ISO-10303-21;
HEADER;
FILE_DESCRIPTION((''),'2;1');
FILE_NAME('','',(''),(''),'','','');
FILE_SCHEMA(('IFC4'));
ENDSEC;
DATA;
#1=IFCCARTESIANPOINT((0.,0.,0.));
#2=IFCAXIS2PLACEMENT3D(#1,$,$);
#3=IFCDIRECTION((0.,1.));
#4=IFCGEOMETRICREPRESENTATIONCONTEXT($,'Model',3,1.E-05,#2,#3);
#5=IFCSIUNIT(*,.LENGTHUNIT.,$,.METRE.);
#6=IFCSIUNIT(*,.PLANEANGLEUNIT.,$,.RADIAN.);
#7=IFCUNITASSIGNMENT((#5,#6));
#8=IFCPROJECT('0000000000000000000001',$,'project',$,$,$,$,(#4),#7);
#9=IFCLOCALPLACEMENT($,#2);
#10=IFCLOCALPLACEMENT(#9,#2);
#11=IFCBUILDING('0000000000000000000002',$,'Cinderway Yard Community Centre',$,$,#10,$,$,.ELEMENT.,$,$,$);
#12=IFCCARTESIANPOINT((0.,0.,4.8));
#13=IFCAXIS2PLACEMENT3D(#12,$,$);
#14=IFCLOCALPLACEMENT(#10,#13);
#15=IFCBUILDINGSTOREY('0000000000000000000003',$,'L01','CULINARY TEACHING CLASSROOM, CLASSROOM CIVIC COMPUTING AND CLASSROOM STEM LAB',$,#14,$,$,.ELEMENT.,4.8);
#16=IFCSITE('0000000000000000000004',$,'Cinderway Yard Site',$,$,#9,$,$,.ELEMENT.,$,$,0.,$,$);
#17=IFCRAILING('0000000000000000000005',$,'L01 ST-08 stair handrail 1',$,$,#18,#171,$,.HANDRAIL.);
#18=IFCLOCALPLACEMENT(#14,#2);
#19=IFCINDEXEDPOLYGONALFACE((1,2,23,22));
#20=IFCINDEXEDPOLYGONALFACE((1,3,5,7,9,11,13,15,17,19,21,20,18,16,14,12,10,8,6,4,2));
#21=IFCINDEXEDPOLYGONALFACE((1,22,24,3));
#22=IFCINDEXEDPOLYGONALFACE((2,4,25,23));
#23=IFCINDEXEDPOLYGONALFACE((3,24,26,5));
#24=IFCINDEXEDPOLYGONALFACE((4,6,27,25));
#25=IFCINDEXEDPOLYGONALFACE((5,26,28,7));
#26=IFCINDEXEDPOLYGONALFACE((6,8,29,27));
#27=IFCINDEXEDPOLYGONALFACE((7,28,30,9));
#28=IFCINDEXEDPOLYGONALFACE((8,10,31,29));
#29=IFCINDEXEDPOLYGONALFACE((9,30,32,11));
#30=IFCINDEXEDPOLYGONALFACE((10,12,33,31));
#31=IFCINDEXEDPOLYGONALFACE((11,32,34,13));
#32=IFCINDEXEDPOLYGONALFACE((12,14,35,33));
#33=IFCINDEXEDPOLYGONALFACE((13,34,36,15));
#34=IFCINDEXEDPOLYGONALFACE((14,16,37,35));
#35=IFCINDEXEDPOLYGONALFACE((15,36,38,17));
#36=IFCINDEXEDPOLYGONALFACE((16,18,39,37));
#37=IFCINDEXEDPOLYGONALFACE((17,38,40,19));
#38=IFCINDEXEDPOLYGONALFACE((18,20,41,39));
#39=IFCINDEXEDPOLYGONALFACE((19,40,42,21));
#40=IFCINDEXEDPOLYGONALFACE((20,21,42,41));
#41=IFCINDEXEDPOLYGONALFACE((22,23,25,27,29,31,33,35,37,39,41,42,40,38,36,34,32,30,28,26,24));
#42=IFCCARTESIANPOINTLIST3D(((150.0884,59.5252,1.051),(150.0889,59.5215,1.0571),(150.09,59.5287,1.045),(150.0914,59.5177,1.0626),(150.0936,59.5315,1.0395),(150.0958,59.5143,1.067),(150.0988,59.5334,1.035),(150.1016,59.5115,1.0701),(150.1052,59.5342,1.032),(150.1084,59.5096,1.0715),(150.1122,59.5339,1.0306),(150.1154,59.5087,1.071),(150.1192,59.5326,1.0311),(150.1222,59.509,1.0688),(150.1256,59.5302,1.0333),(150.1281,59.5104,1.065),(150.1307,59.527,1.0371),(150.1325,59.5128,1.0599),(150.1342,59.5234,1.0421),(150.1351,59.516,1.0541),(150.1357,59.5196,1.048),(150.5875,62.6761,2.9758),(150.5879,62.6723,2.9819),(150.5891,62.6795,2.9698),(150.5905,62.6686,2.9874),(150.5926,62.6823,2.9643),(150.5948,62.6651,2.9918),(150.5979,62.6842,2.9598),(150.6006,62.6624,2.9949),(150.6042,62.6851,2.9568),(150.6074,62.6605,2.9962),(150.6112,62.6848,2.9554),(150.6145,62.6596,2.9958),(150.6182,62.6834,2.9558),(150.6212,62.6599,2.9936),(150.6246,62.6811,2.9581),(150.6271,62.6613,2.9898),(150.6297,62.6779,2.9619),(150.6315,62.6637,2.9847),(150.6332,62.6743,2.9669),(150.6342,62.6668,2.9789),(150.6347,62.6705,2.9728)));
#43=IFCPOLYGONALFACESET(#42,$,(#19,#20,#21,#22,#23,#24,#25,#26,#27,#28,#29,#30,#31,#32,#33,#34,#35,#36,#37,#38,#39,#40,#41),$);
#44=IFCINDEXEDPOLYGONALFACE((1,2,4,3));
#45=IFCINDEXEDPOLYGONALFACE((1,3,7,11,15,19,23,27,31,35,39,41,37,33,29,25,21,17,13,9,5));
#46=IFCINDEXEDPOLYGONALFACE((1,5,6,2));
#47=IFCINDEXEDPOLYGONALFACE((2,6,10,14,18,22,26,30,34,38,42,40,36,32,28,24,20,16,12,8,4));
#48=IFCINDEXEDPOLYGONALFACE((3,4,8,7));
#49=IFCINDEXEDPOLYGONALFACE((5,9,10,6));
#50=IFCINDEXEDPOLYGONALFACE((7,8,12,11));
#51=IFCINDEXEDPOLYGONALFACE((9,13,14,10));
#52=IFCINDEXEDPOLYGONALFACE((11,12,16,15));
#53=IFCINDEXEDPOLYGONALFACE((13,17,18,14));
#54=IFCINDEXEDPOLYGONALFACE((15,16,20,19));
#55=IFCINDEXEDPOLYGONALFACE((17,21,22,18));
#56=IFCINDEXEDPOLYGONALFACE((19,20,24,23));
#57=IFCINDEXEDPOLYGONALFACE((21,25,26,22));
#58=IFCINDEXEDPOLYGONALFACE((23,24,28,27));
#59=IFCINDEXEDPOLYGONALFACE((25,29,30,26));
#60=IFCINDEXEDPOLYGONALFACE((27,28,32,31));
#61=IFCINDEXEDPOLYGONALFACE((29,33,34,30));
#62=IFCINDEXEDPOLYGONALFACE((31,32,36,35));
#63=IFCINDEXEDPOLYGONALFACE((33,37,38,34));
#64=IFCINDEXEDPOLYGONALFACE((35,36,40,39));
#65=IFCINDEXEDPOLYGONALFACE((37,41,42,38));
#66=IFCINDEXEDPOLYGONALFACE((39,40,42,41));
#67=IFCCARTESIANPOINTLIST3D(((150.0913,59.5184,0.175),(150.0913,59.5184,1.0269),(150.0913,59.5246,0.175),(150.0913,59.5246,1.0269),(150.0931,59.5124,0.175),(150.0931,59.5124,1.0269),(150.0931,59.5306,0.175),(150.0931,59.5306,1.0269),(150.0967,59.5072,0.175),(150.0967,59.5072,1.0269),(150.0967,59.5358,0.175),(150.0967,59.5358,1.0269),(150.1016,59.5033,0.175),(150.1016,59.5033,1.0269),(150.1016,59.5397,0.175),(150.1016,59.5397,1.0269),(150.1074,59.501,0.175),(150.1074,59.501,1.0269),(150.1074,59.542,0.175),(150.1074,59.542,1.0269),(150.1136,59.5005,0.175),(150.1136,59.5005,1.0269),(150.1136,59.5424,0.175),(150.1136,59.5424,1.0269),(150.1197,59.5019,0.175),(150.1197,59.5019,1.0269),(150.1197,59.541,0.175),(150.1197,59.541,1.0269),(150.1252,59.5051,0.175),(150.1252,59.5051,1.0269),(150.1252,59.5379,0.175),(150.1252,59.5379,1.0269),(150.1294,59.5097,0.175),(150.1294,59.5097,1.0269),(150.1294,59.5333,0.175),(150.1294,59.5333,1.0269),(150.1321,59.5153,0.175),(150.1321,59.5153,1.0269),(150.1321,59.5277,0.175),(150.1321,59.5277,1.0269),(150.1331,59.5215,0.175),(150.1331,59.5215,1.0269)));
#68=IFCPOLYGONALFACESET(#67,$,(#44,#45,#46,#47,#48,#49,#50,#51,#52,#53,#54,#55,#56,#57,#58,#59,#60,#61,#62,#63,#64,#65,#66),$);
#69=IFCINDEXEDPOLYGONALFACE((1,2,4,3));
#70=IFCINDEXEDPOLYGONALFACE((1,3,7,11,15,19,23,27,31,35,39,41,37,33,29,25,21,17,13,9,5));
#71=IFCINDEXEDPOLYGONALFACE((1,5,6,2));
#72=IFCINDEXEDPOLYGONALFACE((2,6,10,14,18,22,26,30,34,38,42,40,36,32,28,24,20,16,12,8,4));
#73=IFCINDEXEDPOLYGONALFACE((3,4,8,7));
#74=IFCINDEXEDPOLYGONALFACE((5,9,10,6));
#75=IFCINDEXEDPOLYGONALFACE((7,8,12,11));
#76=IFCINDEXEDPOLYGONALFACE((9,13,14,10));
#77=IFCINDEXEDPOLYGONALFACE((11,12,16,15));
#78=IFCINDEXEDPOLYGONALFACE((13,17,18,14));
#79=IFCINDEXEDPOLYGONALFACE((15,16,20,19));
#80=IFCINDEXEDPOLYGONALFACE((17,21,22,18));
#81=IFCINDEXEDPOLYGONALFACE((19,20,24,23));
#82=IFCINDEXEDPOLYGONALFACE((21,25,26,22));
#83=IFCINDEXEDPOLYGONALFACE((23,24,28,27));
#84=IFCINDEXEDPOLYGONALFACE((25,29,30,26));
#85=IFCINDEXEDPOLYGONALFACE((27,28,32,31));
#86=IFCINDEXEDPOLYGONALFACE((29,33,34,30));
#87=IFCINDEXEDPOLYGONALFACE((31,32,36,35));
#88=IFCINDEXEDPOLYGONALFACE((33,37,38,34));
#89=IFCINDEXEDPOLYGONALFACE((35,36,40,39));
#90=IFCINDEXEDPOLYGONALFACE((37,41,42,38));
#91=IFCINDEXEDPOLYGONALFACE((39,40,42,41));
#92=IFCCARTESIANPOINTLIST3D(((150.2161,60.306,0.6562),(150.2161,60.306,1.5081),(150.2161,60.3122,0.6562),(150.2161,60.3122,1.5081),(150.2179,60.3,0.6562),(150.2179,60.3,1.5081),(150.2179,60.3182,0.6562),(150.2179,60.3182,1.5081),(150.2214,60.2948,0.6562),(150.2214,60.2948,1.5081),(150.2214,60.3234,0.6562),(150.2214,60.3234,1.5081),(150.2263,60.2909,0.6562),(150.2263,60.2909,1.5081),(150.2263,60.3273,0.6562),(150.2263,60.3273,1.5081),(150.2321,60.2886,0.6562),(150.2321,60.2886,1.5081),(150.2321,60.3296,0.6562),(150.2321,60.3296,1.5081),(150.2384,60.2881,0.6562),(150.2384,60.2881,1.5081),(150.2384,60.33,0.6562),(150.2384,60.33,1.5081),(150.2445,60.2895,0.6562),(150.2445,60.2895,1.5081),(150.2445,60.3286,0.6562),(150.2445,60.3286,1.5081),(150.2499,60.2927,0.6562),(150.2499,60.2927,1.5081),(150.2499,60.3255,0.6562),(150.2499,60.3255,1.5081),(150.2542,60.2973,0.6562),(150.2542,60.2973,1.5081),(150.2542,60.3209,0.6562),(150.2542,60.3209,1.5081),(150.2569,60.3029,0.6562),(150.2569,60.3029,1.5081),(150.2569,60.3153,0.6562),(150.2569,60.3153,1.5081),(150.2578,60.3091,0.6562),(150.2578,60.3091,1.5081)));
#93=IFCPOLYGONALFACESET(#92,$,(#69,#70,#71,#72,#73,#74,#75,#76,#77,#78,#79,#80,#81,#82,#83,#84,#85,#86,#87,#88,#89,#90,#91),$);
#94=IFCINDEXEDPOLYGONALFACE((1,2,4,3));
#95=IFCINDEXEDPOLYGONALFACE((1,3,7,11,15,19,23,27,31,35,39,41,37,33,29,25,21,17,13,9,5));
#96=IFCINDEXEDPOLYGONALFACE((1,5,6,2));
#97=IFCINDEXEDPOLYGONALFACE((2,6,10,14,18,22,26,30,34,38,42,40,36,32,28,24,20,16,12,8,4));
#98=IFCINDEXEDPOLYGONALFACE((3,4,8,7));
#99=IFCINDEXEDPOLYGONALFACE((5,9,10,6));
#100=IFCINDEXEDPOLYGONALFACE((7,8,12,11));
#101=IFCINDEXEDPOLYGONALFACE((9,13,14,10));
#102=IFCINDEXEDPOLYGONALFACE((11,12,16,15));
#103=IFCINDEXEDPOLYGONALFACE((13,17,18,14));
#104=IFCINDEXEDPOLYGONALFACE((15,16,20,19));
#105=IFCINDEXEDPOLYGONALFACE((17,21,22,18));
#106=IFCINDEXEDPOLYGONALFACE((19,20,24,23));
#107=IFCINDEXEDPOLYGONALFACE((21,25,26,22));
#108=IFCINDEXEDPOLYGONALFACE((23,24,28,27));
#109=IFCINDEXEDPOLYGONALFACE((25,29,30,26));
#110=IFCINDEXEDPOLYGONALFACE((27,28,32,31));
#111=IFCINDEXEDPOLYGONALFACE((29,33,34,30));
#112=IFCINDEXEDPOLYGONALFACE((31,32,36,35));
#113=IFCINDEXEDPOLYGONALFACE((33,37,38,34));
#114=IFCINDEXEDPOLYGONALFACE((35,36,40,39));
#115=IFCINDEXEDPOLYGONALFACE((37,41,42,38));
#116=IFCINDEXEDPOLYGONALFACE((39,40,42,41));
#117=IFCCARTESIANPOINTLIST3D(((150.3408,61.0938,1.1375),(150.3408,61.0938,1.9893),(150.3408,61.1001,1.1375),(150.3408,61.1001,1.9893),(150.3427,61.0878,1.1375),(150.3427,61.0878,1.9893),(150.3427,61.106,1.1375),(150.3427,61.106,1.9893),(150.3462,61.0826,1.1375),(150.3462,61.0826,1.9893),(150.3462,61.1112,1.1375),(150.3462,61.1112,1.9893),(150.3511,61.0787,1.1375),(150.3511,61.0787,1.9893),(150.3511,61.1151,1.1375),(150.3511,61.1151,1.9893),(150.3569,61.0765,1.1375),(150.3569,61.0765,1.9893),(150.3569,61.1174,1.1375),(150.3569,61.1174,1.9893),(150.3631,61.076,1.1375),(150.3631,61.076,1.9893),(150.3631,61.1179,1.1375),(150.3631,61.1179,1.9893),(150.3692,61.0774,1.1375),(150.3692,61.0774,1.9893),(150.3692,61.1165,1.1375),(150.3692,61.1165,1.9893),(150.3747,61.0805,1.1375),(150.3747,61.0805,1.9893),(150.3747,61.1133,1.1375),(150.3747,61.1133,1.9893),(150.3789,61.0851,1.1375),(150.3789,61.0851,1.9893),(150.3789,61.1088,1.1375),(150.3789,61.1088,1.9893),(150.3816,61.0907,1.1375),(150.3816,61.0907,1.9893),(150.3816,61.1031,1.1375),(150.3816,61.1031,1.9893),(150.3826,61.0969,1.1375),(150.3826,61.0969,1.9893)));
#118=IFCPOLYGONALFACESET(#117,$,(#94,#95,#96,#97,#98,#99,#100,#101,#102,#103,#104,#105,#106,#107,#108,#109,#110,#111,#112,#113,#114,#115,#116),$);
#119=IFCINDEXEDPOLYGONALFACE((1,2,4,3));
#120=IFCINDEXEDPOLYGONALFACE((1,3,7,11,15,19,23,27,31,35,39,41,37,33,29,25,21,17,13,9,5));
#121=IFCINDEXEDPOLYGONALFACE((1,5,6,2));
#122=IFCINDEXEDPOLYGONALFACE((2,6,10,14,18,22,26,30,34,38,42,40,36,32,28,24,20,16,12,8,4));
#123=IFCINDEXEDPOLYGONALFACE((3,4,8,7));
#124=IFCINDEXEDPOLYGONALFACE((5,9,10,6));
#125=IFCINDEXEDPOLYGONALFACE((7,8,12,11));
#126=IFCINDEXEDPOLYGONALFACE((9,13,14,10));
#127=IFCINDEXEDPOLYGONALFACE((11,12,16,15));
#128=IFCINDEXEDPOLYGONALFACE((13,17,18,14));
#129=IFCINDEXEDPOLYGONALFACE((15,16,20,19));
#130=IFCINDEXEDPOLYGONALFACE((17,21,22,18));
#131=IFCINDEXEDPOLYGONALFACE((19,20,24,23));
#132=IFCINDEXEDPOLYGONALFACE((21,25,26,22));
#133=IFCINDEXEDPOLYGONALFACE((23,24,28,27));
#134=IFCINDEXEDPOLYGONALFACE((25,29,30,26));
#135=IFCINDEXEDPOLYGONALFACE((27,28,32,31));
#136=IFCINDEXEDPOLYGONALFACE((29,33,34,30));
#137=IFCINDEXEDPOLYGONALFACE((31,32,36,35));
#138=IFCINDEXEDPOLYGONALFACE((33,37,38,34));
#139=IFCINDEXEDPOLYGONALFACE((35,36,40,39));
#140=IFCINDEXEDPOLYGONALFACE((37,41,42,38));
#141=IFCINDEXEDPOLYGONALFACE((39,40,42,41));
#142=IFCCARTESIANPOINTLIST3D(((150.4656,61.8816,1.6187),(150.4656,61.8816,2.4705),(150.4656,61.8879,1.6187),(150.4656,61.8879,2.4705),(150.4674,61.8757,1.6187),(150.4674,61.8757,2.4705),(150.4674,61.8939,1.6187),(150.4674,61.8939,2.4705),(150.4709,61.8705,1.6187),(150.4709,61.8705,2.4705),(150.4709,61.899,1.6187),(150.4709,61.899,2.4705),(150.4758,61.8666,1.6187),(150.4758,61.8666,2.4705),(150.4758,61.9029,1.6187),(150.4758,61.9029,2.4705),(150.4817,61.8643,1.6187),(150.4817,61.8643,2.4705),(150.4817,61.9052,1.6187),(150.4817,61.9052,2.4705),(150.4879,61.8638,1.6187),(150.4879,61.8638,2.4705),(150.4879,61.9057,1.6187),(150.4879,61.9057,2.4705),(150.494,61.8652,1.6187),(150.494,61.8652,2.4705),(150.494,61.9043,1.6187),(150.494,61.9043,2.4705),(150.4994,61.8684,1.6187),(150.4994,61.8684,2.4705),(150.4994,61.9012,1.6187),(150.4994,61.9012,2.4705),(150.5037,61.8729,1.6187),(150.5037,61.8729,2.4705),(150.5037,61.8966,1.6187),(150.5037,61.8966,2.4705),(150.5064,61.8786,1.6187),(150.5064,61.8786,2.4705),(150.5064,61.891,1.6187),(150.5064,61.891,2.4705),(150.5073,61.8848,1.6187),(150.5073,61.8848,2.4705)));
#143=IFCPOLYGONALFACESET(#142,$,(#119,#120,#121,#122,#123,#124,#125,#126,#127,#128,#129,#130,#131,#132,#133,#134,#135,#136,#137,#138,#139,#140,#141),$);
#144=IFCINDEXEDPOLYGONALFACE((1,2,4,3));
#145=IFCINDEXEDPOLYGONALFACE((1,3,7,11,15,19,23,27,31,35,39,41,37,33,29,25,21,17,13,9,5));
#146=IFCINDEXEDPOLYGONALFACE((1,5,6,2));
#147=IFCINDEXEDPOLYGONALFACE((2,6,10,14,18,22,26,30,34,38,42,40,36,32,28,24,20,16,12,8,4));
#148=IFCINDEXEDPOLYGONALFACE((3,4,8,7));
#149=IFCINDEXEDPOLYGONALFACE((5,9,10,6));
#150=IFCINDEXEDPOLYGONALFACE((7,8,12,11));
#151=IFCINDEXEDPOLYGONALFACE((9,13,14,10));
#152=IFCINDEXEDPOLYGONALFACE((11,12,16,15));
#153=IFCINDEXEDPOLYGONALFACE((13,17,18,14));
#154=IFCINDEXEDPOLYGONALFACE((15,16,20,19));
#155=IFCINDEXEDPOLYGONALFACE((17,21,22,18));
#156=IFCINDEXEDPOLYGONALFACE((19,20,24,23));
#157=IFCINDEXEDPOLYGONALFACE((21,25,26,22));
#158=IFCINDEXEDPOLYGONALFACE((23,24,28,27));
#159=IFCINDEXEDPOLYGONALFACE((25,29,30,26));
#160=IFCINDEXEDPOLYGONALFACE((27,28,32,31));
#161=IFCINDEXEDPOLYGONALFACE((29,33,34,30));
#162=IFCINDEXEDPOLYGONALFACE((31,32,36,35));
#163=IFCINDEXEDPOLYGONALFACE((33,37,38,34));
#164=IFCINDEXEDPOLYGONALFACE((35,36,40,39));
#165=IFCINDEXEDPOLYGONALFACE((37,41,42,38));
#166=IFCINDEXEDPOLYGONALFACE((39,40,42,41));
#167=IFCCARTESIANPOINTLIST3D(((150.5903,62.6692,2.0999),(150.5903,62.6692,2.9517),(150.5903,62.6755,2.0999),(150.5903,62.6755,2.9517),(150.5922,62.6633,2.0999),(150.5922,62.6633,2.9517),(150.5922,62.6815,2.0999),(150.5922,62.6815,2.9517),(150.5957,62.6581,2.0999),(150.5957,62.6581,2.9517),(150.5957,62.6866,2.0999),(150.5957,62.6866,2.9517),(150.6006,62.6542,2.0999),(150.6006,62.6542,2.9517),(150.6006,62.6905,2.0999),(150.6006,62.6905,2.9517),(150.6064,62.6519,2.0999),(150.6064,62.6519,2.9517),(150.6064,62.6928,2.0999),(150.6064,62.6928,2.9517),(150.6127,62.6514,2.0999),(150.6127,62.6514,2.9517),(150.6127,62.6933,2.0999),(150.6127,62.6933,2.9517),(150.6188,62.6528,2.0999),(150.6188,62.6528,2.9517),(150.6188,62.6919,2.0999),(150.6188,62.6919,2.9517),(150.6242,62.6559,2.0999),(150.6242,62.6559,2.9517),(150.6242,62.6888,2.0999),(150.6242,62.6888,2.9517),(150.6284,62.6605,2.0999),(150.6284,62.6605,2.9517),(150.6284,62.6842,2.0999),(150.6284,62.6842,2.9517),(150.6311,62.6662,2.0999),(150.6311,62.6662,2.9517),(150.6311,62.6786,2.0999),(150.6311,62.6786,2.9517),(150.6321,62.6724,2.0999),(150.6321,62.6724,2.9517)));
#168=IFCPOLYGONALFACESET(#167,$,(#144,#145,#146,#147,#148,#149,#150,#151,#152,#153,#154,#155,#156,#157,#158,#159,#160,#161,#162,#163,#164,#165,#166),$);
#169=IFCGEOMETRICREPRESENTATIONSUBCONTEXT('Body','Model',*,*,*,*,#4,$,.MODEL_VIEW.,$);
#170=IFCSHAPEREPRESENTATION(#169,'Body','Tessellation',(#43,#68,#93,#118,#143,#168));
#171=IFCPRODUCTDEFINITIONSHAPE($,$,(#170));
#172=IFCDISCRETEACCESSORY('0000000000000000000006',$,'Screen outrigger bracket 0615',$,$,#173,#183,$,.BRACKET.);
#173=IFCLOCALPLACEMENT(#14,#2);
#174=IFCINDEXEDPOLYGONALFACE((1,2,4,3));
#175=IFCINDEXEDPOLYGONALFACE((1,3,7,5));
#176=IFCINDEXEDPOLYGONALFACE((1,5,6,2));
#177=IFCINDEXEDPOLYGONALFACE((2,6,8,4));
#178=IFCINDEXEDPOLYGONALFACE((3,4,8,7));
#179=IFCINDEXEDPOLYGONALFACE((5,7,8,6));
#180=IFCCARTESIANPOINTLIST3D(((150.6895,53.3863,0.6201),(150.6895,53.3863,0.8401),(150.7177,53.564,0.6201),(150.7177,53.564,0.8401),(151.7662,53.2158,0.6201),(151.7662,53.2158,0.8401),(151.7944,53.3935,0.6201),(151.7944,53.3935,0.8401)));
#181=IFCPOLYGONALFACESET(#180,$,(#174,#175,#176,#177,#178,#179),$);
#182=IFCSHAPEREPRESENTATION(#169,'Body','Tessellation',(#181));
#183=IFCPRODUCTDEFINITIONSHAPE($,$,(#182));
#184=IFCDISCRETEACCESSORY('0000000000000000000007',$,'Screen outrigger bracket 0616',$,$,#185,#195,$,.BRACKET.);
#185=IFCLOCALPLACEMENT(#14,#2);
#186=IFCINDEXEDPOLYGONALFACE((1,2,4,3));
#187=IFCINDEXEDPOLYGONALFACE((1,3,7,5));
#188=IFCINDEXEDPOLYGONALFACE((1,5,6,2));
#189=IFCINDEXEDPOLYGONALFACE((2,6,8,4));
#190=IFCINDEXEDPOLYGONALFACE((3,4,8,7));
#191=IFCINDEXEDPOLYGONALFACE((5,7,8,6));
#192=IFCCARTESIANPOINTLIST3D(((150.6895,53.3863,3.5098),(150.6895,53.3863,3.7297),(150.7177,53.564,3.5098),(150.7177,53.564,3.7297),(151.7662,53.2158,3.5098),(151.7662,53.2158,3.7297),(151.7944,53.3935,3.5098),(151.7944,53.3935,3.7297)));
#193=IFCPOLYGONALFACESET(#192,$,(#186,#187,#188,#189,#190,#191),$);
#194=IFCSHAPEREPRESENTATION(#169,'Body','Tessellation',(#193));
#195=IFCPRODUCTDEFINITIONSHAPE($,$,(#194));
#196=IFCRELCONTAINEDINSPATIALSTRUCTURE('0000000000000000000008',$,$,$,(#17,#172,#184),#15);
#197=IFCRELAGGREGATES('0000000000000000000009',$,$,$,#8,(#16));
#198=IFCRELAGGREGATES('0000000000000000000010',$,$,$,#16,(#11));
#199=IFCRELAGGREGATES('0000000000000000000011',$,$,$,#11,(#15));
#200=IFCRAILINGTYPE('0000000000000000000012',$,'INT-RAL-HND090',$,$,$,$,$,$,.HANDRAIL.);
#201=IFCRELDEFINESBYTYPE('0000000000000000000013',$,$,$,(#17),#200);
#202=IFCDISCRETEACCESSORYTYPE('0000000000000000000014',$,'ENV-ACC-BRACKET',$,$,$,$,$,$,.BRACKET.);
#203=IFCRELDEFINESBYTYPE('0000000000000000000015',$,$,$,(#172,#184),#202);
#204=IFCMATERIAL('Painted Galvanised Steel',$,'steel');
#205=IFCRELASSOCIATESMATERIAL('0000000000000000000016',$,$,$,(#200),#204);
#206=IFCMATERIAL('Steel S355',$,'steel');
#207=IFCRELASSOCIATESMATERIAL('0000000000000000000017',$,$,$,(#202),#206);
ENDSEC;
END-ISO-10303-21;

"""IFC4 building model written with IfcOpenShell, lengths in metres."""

from ifc_helpers import new_model, si_unit, direction, frame, origin, origin_2d, place, context, subcontext, project, spatial, rectangle, circle, extrude, material, type_object, element, save


model = new_model("IFC4")

# Units and contexts
model_context = context("Model", 3, precision=1e-05, world=origin(), true_north=direction((0.0, 1.0)))
body_context = subcontext(model_context, "Body", "Model", "MODEL_VIEW")
ifc_project = project(units=[si_unit("LENGTHUNIT", "METRE"), si_unit("PLANEANGLEUNIT", "RADIAN")], contexts=[model_context])

# Site, building, storey
site_placement = place(None, origin())
site = spatial("IfcSite", under=ifc_project, at=site_placement, Name="Cinderway Yard Site", CompositionType="ELEMENT", RefElevation=0.0)
building_placement = place(site_placement, origin())
building = spatial("IfcBuilding", under=site, at=building_placement, Name="Cinderway Yard Community Centre", CompositionType="ELEMENT")
storey_placement = place(building_placement, frame((0.0, 0.0, 4.8)))
storey = spatial("IfcBuildingStorey", under=building, at=storey_placement, Name="L01", Description="CULINARY TEACHING CLASSROOM, CLASSROOM CIVIC COMPUTING AND CLASSROOM STEM LAB", CompositionType="ELEMENT", Elevation=4.8)

# Shared definitions
ifc_material_1 = material(Name="Steel S355", Category="steel")

# Shared definitions
ifc_material_2 = material(Name="Painted Galvanised Steel", Category="steel")

# Railing
railing_type_1 = type_object("IfcRailingType", Name="INT-RAL-HND090", PredefinedType="HANDRAIL", material=ifc_material_2)
railing_1_placement = place(storey_placement, frame((150.1121, 59.5215, 0.175)))
element("IfcRailing", 1, at=railing_1_placement, inside=storey, type_object=railing_type_1, Name="L01 ST-08 stair handrail 1", PredefinedType="HANDRAIL", context=body_context, shape_type="SweptSolid", body=[
    extrude(circle(Radius=0.0239, at=origin_2d()), frame((0.0, 0.0, 0.876), z_axis=(0.133936, 0.845681, 0.516609), x_axis=(-0.98769, 0.156426, 0.0)), (0.0, 0.0, 1.0), 3.7258),
    extrude(circle(Radius=0.021, at=origin_2d()), origin(), (0.0, 0.0, 1.0), 0.8518),
    extrude(circle(Radius=0.021, at=origin_2d()), frame((0.1248, 0.7876, 0.4812)), (0.0, 0.0, 1.0), 0.8518),
    extrude(circle(Radius=0.021, at=origin_2d()), frame((0.2495, 1.5754, 0.9624)), (0.0, 0.0, 1.0), 0.8518),
    extrude(circle(Radius=0.021, at=origin_2d()), frame((0.3743, 2.3633, 1.4436)), (0.0, 0.0, 1.0), 0.8518),
    extrude(circle(Radius=0.021, at=origin_2d()), frame((0.499, 3.1509, 1.9248)), (0.0, 0.0, 1.0), 0.8518),
])

# Discrete accessories
discrete_accessory_type = type_object("IfcDiscreteAccessoryType", Name="ENV-ACC-BRACKET", PredefinedType="BRACKET", material=ifc_material_1)
for number, where, z_axis, x_axis, name in (
    (2, (151.2419, 53.3899, 0.6201), (0.0, 0.0, 1.0), (0.987688, -0.156434, 0.0), "Screen outrigger bracket 0615"),
    (3, (151.2419, 53.3899, 3.5098), (0.0, 0.0, 1.0), (0.987688, -0.156434, 0.0), "Screen outrigger bracket 0616"),
):
    element("IfcDiscreteAccessory", number, at=place(storey_placement, frame(where, z_axis=z_axis, x_axis=x_axis)), inside=storey, type_object=discrete_accessory_type, Name=name, PredefinedType="BRACKET", context=body_context, shape_type="SweptSolid", body=[
        extrude(rectangle(XDim=1.0901, YDim=0.1799, at=origin_2d()), origin(), (0.0, 0.0, 1.0), 0.22),
    ])

save(model, "model.ifc")
